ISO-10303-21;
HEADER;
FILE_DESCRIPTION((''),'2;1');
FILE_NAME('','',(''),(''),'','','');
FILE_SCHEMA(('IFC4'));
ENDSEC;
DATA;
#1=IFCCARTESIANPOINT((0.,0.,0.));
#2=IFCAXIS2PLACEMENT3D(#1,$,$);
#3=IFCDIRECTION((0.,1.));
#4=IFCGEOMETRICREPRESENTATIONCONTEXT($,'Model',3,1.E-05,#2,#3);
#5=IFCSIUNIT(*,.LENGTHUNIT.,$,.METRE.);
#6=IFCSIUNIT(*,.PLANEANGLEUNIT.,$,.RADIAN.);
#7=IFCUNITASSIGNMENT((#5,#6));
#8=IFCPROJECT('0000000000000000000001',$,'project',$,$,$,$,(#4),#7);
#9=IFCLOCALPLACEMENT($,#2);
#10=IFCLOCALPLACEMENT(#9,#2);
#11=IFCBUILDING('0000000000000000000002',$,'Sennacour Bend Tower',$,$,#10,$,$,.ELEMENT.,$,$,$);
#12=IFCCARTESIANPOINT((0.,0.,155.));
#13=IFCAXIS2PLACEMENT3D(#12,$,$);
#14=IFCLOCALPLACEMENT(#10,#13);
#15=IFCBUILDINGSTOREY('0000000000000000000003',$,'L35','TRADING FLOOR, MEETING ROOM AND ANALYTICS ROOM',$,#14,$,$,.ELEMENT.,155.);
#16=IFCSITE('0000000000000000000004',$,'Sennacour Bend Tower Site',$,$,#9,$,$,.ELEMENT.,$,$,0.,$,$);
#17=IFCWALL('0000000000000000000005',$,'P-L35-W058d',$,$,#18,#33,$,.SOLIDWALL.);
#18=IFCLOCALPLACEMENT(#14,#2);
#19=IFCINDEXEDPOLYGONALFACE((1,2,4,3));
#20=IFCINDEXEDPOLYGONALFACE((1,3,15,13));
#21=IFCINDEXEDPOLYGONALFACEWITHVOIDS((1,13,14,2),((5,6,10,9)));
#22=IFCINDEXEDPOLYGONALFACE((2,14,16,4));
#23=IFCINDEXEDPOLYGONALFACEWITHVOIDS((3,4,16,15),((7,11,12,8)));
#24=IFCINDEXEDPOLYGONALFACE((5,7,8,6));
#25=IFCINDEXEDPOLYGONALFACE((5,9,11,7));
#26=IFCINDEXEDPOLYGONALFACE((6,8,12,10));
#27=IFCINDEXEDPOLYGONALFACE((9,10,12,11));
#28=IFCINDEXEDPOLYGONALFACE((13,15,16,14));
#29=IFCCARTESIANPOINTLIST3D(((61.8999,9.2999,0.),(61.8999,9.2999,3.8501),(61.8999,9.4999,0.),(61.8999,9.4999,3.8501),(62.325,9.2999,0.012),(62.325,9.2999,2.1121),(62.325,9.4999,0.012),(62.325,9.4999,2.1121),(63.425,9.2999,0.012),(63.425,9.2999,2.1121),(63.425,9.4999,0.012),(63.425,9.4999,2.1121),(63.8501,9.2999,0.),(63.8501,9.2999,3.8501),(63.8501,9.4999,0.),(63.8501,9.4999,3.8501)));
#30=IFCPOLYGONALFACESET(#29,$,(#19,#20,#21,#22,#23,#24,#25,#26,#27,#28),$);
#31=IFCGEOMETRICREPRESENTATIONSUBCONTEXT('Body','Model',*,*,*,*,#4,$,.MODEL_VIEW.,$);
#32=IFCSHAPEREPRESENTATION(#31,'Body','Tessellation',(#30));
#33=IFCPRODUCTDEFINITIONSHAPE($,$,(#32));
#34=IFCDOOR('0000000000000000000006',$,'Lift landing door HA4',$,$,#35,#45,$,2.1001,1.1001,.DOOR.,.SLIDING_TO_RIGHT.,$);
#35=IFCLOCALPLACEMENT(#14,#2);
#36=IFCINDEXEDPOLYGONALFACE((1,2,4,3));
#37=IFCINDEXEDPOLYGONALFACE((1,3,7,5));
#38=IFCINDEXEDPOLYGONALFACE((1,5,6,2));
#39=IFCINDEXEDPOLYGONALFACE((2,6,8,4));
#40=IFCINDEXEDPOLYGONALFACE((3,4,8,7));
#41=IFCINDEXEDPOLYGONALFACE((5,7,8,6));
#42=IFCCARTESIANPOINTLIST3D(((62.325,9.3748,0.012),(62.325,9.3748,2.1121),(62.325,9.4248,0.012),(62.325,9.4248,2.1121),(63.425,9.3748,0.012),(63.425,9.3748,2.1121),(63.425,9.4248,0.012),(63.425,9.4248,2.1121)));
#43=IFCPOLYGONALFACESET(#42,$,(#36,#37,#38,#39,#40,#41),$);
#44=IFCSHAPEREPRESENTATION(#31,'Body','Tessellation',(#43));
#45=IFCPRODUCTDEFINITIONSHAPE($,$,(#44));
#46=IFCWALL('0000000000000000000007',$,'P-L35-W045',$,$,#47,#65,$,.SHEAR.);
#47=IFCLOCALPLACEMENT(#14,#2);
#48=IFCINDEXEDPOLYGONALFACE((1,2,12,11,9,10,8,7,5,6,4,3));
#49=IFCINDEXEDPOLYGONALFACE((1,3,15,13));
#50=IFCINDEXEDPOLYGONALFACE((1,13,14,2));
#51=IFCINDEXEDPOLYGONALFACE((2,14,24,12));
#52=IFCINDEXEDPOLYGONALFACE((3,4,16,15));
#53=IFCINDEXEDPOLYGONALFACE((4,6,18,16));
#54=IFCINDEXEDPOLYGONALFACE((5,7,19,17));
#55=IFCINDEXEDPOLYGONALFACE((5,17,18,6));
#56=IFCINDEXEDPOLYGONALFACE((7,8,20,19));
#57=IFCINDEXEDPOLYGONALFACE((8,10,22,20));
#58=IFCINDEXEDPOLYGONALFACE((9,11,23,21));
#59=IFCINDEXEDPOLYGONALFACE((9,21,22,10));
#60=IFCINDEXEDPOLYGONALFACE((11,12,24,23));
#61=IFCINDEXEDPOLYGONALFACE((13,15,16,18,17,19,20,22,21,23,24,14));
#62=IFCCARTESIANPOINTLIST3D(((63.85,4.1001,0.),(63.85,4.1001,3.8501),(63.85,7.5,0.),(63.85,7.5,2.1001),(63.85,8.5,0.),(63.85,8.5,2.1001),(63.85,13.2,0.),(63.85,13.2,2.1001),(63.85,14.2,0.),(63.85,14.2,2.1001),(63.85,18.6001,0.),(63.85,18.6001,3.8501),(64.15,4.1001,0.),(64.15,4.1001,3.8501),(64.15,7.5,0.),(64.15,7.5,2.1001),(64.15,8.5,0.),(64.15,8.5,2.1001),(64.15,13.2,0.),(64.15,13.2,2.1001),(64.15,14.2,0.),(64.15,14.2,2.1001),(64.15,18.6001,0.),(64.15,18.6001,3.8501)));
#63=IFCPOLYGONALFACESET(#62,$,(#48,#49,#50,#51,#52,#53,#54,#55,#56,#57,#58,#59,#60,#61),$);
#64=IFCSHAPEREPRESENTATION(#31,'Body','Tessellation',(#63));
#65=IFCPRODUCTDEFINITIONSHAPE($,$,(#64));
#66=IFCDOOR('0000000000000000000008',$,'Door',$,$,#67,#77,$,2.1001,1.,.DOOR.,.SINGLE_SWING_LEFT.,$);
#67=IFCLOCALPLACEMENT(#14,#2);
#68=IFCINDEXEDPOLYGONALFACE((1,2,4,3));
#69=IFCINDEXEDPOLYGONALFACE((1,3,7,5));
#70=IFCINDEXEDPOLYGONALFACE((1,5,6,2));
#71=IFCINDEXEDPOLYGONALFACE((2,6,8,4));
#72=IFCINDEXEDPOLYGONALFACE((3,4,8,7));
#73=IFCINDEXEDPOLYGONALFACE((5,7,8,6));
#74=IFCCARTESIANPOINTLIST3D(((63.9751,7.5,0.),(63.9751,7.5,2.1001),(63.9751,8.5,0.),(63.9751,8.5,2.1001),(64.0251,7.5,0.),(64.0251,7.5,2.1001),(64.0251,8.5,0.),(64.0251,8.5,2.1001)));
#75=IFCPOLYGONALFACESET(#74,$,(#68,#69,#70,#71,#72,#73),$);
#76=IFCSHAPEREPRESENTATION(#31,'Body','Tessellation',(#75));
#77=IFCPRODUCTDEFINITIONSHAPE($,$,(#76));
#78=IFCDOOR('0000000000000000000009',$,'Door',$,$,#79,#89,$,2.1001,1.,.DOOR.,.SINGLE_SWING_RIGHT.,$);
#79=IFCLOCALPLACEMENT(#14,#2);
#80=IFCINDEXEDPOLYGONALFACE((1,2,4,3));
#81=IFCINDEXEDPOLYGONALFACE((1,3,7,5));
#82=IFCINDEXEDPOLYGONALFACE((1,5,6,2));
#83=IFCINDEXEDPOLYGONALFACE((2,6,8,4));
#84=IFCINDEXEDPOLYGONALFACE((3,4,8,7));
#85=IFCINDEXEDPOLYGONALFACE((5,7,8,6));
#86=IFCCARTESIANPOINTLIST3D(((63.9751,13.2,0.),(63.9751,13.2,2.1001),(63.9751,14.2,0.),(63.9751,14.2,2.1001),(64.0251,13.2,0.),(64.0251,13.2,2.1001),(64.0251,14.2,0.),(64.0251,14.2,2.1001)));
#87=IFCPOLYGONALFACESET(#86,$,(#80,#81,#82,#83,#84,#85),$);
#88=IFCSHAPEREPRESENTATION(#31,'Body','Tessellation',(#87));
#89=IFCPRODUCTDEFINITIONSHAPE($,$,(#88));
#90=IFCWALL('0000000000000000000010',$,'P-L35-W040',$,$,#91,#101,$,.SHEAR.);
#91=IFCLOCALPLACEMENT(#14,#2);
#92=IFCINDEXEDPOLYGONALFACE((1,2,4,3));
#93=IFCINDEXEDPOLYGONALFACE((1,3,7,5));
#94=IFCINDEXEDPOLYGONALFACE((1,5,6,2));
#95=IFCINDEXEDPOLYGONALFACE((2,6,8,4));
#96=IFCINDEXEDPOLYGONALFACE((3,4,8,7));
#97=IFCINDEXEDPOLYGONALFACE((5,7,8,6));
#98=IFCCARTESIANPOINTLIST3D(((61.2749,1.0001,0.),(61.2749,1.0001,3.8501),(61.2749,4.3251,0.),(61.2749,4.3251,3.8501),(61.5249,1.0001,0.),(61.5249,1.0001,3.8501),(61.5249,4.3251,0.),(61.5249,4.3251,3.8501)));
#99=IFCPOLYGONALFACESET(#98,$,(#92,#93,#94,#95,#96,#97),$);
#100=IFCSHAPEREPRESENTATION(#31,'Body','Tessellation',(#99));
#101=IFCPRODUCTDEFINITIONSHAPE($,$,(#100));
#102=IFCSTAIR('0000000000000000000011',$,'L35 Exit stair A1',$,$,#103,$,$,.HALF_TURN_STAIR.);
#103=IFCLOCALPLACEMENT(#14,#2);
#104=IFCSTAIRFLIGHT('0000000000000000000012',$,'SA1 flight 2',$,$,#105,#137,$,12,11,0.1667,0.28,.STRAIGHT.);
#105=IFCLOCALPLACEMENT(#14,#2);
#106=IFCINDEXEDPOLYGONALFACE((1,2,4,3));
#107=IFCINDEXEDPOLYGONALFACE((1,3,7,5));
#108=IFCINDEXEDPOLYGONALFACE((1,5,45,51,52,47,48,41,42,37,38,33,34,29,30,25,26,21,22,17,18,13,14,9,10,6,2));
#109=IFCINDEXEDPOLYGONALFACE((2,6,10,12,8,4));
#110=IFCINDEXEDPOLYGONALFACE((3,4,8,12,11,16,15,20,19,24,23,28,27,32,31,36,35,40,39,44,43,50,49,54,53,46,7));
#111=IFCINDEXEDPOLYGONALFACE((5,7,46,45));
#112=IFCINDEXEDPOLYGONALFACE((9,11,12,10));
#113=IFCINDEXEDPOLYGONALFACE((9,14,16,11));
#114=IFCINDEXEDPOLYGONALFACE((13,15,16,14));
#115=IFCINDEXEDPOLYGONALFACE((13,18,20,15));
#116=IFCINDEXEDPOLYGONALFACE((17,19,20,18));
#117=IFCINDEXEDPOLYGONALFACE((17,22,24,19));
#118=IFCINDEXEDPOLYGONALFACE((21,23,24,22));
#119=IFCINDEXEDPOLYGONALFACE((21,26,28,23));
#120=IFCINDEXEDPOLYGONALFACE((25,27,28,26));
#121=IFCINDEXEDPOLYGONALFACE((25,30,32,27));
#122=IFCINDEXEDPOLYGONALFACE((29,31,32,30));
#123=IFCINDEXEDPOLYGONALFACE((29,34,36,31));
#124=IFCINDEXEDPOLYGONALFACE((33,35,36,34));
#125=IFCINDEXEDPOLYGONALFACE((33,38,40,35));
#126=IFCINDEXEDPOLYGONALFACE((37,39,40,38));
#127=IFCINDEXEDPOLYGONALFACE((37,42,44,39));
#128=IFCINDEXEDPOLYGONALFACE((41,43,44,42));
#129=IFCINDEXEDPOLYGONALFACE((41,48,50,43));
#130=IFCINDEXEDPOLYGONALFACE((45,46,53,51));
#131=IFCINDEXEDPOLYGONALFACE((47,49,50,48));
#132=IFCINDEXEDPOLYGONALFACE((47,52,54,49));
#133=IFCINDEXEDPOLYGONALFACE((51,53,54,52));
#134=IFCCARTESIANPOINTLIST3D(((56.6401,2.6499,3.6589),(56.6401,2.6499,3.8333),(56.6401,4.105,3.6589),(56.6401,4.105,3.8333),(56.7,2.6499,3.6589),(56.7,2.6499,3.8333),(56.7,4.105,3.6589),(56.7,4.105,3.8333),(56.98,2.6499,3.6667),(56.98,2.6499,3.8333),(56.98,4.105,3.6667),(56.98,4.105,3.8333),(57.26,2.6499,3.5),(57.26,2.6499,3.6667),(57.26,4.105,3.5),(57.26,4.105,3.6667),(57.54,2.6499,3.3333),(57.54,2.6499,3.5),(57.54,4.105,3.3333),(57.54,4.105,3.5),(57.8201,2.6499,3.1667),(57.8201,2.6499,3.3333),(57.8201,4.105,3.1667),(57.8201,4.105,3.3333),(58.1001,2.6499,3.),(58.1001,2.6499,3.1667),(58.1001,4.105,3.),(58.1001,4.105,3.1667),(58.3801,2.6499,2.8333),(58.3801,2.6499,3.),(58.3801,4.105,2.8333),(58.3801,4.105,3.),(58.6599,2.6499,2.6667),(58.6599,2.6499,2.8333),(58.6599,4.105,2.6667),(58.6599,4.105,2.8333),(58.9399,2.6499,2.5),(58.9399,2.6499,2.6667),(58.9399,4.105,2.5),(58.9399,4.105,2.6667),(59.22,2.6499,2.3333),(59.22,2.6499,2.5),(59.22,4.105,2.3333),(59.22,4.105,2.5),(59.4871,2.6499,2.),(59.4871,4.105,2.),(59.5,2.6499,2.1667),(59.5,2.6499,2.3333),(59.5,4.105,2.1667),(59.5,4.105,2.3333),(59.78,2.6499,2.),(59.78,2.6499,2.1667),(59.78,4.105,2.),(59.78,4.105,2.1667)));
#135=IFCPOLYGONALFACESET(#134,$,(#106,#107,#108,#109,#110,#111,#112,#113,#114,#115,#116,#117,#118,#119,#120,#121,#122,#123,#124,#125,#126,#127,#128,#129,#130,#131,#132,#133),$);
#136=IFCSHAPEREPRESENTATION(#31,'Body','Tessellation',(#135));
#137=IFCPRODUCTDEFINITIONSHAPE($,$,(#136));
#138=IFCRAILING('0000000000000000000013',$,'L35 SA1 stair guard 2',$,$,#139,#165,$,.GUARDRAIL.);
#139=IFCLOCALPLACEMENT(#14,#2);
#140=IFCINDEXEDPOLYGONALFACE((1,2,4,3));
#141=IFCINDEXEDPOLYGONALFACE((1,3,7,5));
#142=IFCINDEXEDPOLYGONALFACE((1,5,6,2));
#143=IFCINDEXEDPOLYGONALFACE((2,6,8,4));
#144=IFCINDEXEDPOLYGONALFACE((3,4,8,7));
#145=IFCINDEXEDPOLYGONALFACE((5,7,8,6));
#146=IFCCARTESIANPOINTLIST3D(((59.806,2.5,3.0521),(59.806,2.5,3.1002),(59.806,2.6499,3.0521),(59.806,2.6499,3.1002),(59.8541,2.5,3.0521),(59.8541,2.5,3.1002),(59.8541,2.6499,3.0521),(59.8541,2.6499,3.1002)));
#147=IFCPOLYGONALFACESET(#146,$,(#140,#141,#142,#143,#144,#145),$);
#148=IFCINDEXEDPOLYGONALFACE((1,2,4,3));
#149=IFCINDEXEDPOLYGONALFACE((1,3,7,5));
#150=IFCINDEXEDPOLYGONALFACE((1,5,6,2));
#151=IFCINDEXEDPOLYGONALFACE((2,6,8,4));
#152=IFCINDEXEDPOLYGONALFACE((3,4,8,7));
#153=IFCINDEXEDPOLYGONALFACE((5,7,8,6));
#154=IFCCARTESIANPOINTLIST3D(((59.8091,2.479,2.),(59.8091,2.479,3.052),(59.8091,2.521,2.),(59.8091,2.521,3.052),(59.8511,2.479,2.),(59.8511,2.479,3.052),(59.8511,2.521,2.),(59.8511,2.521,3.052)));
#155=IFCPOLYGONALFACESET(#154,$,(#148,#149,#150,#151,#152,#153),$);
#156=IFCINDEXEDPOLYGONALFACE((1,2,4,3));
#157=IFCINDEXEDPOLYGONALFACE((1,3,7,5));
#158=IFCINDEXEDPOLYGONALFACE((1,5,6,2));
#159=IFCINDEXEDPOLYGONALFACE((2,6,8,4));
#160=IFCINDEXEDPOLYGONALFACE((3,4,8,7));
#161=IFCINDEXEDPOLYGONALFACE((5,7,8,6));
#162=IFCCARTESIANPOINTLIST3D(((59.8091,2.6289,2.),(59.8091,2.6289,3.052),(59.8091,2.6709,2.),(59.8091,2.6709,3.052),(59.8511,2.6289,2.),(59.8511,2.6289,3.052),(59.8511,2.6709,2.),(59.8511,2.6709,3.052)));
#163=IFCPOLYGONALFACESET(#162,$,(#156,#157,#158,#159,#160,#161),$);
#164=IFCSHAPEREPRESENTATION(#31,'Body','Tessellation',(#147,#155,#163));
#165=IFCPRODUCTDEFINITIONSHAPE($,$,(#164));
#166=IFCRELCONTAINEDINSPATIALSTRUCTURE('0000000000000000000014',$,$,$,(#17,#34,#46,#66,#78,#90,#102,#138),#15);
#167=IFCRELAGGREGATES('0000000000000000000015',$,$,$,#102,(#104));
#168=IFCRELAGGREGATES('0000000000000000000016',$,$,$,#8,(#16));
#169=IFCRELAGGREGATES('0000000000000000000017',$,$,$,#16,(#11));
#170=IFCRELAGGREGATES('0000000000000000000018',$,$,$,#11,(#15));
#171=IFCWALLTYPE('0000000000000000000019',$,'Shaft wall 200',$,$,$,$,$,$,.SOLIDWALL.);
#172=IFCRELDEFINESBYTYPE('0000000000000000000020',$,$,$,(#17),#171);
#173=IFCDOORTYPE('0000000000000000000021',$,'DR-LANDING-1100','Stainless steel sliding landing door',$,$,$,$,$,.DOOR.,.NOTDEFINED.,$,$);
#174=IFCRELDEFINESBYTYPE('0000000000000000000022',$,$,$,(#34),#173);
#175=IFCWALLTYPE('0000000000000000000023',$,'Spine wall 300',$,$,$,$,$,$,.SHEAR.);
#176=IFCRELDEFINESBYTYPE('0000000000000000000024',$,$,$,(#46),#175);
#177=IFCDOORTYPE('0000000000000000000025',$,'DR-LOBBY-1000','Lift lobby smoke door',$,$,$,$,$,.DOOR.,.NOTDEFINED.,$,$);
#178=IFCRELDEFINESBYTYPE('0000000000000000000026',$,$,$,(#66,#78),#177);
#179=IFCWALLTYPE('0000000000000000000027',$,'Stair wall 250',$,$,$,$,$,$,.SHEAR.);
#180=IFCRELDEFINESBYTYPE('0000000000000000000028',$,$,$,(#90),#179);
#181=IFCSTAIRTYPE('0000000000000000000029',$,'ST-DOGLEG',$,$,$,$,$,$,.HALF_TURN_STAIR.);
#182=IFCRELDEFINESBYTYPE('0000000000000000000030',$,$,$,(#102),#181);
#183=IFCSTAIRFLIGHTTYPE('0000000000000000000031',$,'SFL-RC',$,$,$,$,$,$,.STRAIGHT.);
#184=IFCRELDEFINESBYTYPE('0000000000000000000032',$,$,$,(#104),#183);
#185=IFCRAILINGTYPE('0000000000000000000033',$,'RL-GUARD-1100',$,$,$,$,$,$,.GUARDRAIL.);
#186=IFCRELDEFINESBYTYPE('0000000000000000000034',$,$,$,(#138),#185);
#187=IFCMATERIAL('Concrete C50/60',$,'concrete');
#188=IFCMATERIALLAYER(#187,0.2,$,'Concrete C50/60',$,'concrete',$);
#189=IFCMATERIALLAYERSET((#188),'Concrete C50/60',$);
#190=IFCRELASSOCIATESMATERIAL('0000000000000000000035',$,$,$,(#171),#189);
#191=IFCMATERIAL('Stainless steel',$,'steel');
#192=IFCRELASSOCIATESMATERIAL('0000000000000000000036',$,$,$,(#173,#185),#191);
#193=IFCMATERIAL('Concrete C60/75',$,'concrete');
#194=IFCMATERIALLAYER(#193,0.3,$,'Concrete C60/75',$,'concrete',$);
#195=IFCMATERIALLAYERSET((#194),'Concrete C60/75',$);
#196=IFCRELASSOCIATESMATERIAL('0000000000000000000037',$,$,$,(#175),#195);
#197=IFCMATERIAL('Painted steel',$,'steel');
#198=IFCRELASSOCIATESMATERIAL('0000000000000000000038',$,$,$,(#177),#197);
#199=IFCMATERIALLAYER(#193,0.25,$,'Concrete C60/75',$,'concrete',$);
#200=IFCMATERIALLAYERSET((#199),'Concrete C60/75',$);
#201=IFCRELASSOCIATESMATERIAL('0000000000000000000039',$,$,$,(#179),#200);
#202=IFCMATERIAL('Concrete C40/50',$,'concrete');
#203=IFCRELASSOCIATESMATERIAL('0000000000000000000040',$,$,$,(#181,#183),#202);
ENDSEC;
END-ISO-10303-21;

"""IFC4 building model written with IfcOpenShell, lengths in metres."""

from ifc_helpers import new_model, si_unit, direction, frame, frame_2d, origin, origin_2d, place, context, subcontext, project, spatial, polyline, rectangle, outline, extrude, material, layer, layer_set, type_object, element, fill, aggregate, save


model = new_model("IFC4")

# Units and contexts
model_context = context("Model", 3, precision=1e-05, world=origin(), true_north=direction((0.0, 1.0)))
body_context = subcontext(model_context, "Body", "Model", "MODEL_VIEW")
ifc_project = project(units=[si_unit("LENGTHUNIT", "METRE"), si_unit("PLANEANGLEUNIT", "RADIAN")], contexts=[model_context])

# Site, building, storey
site_placement = place(None, origin())
site = spatial("IfcSite", under=ifc_project, at=site_placement, Name="Sennacour Bend Tower Site", CompositionType="ELEMENT", RefElevation=0.0)
building_placement = place(site_placement, origin())
building = spatial("IfcBuilding", under=site, at=building_placement, Name="Sennacour Bend Tower", CompositionType="ELEMENT")
storey_placement = place(building_placement, frame((0.0, 0.0, 155.0)))
storey = spatial("IfcBuildingStorey", under=building, at=storey_placement, Name="L35", Description="TRADING FLOOR, MEETING ROOM AND ANALYTICS ROOM", CompositionType="ELEMENT", Elevation=155.0)

# Shared definitions
ifc_material_1 = material(Name="Concrete C60/75", Category="concrete")

# Shared definitions
ifc_material_2 = material(Name="Painted steel", Category="steel")

# Shared definitions
ifc_material_3 = material(Name="Concrete C50/60", Category="concrete")
ifc_layer_1 = layer(ifc_material_3, 0.2, Name="Concrete C50/60", Category="concrete")
ifc_layer_set_1 = layer_set([ifc_layer_1], Name="Concrete C50/60")
wall_type_1 = type_object("IfcWallType", Name="Shaft wall 200", PredefinedType="SOLIDWALL", material=ifc_layer_set_1)

# Wall, opening, door
wall_1_placement = place(storey_placement, frame((61.8999, 9.3999, 0.0), z_axis=(0.0, 0.0, 1.0), x_axis=(1.0, 0.0, 0.0)))
wall_1 = element("IfcWall", 1, at=wall_1_placement, inside=storey, type_object=wall_type_1, Name="P-L35-W058d", PredefinedType="SOLIDWALL", context=body_context, shape_type="SweptSolid", body=[
    extrude(rectangle(XDim=1.9502, YDim=0.2, at=frame_2d((0.9751, 0.0))), origin(), (0.0, 0.0, 1.0), 3.8501),
])
opening_1_placement = place(wall_1_placement, frame((0.425, 0.0, 0.012)))
opening_1 = element("IfcOpeningElement", 2, at=opening_1_placement, cuts=wall_1, PredefinedType="OPENING", context=body_context, shape_type="SweptSolid", body=[
    extrude(rectangle(XDim=1.1001, YDim=2.1001, at=frame_2d((0.55, 1.05))), frame((0.0, 0.1099, 0.0), z_axis=(0.0, -1.0, 0.0), x_axis=(1.0, 0.0, 0.0)), (0.0, 0.0, 1.0), 0.22),
])
ifc_material_4 = material(Name="Stainless steel", Category="steel")
door_type_1 = type_object("IfcDoorType", Name="DR-LANDING-1100", Description="Stainless steel sliding landing door", OperationType="NOTDEFINED", PredefinedType="DOOR", material=ifc_material_4)
door_1_placement = place(opening_1_placement, origin())
door_1 = element("IfcDoor", 3, at=door_1_placement, inside=storey, type_object=door_type_1, Name="Lift landing door HA4", OperationType="SLIDING_TO_RIGHT", OverallHeight=2.1001, OverallWidth=1.1001, PredefinedType="DOOR", context=body_context, shape_type="SweptSolid", body=[
    extrude(rectangle(XDim=1.1001, YDim=2.1001, at=frame_2d((0.55, 1.05))), frame((0.0, 0.0249, 0.0), z_axis=(0.0, -1.0, 0.0), x_axis=(1.0, 0.0, 0.0)), (0.0, 0.0, 1.0), 0.05),
])
fill(opening_1, door_1)

# Wall, openings, doors
ifc_layer_2 = layer(ifc_material_1, 0.3, Name="Concrete C60/75", Category="concrete")
ifc_layer_set_2 = layer_set([ifc_layer_2], Name="Concrete C60/75")
wall_type_2 = type_object("IfcWallType", Name="Spine wall 300", PredefinedType="SHEAR", material=ifc_layer_set_2)
wall_2_placement = place(storey_placement, frame((64.0, 4.1001, 0.0), z_axis=(0.0, 0.0, 1.0), x_axis=(0.0, 1.0, 0.0)))
wall_2 = element("IfcWall", 4, at=wall_2_placement, inside=storey, type_object=wall_type_2, Name="P-L35-W045", PredefinedType="SHEAR", context=body_context, shape_type="SweptSolid", body=[
    extrude(rectangle(XDim=14.5, YDim=0.3, at=frame_2d((7.25, 0.0))), origin(), (0.0, 0.0, 1.0), 3.8501),
])
opening_2_placement = place(wall_2_placement, frame((3.3999, 0.0, 0.0)))
opening_2 = element("IfcOpeningElement", 5, at=opening_2_placement, cuts=wall_2, PredefinedType="OPENING", context=body_context, shape_type="SweptSolid", body=[
    extrude(rectangle(XDim=1.0, YDim=2.1001, at=frame_2d((0.5, 1.05))), frame((0.0, 0.1602, 0.0), z_axis=(0.0, -1.0, 0.0), x_axis=(1.0, 0.0, 0.0)), (0.0, 0.0, 1.0), 0.3201),
])
opening_3_placement = place(wall_2_placement, frame((9.0999, 0.0, 0.0)))
opening_3 = element("IfcOpeningElement", 6, at=opening_3_placement, cuts=wall_2, PredefinedType="OPENING", context=body_context, shape_type="SweptSolid", body=[
    extrude(rectangle(XDim=1.0, YDim=2.1001, at=frame_2d((0.5, 1.05))), frame((0.0, 0.1602, 0.0), z_axis=(0.0, -1.0, 0.0), x_axis=(1.0, 0.0, 0.0)), (0.0, 0.0, 1.0), 0.3201),
])
door_type_2 = type_object("IfcDoorType", Name="DR-LOBBY-1000", Description="Lift lobby smoke door", OperationType="NOTDEFINED", PredefinedType="DOOR", material=ifc_material_2)
door_2_placement = place(opening_2_placement, origin())
door_2 = element("IfcDoor", 7, at=door_2_placement, inside=storey, type_object=door_type_2, Name="Door", OperationType="SINGLE_SWING_LEFT", OverallHeight=2.1001, OverallWidth=1.0, PredefinedType="DOOR", context=body_context, shape_type="SweptSolid", body=[
    extrude(rectangle(XDim=1.0, YDim=2.1001, at=frame_2d((0.5, 1.05))), frame((0.0, 0.0249, 0.0), z_axis=(0.0, -1.0, 0.0), x_axis=(1.0, 0.0, 0.0)), (0.0, 0.0, 1.0), 0.05),
])
fill(opening_2, door_2)
door_3_placement = place(opening_3_placement, origin())
door_3 = element("IfcDoor", 8, at=door_3_placement, inside=storey, type_object=door_type_2, Name="Door", OperationType="SINGLE_SWING_RIGHT", OverallHeight=2.1001, OverallWidth=1.0, PredefinedType="DOOR", context=body_context, shape_type="SweptSolid", body=[
    extrude(rectangle(XDim=1.0, YDim=2.1001, at=frame_2d((0.5, 1.05))), frame((0.0, 0.0249, 0.0), z_axis=(0.0, -1.0, 0.0), x_axis=(1.0, 0.0, 0.0)), (0.0, 0.0, 1.0), 0.05),
])
fill(opening_3, door_3)

# Wall
ifc_layer_3 = layer(ifc_material_1, 0.25, Name="Concrete C60/75", Category="concrete")
ifc_layer_set_3 = layer_set([ifc_layer_3], Name="Concrete C60/75")
wall_type_3 = type_object("IfcWallType", Name="Stair wall 250", PredefinedType="SHEAR", material=ifc_layer_set_3)
wall_3_placement = place(storey_placement, frame((61.3999, 1.0, 0.0), z_axis=(0.0, 0.0, 1.0), x_axis=(0.0, 1.0, 0.0)))
element("IfcWall", 9, at=wall_3_placement, inside=storey, type_object=wall_type_3, Name="P-L35-W040", PredefinedType="SHEAR", context=body_context, shape_type="SweptSolid", body=[
    extrude(rectangle(XDim=3.325, YDim=0.25, at=frame_2d((1.6626, 0.0))), origin(), (0.0, 0.0, 1.0), 3.8501),
])

# Stair, stair flight
ifc_material_5 = material(Name="Concrete C40/50", Category="concrete")
stair_type = type_object("IfcStairType", Name="ST-DOGLEG", PredefinedType="HALF_TURN_STAIR", material=ifc_material_5)
stair_placement = place(storey_placement, origin())
stair = element("IfcStair", 10, at=stair_placement, inside=storey, type_object=stair_type, Name="L35 Exit stair A1", PredefinedType="HALF_TURN_STAIR")
stair_flight_type = type_object("IfcStairFlightType", Name="SFL-RC", PredefinedType="STRAIGHT", material=ifc_material_5)
stair_flight_placement = place(storey_placement, frame((59.78, 3.3774, 2.0), z_axis=(0.0, 0.0, 1.0), x_axis=(-1.0, 0.0, 0.0)))
stair_flight = element("IfcStairFlight", 11, at=stair_flight_placement, type_object=stair_flight_type, Name="SA1 flight 2", NumberOfRisers=12, NumberOfTreads=11, PredefinedType="STRAIGHT", RiserHeight=0.1667, TreadLength=0.28, context=body_context, shape_type="SweptSolid", body=[
    extrude(outline(polyline([(0.0, 0.0), (0.0, 0.1667), (0.28, 0.1667), (0.28, 0.3333), (0.5601, 0.3333), (0.5601, 0.5), (0.8401, 0.5), (0.8401, 0.6667), (1.1201, 0.6667), (1.1201, 0.8333), (1.3999, 0.8333), (1.3999, 1.0), (1.6799, 1.0), (1.6799, 1.1667), (1.96, 1.1667), (1.96, 1.3333), (2.24, 1.3333), (2.24, 1.5), (2.52, 1.5), (2.52, 1.6667), (2.8, 1.6667), (2.8, 1.8333), (3.0801, 1.8333), (3.1399, 1.8333), (3.1399, 1.6589), (3.0801, 1.6589), (0.293, 0.0), (0.0, 0.0)])), frame((0.0, 0.7275, 0.0), z_axis=(0.0, -1.0, 0.0), x_axis=(1.0, 0.0, 0.0)), (0.0, 0.0, 1.0), 1.4551),
])
aggregate(stair, [stair_flight])

# Railing
railing_type_1 = type_object("IfcRailingType", Name="RL-GUARD-1100", PredefinedType="GUARDRAIL", material=ifc_material_4)
railing_1_placement = place(storey_placement, frame((59.8301, 2.5, 2.0)))
element("IfcRailing", 12, at=railing_1_placement, inside=storey, type_object=railing_type_1, Name="L35 SA1 stair guard 2", PredefinedType="GUARDRAIL", context=body_context, shape_type="SweptSolid", body=[
    extrude(rectangle(XDim=0.0481, YDim=0.0481, at=origin_2d()), frame((0.0, 0.0, 1.0762), z_axis=(0.0, 1.0, 0.0), x_axis=(-1.0, 0.0, 0.0)), (0.0, 0.0, 1.0), 0.1499),
    extrude(rectangle(XDim=0.042, YDim=0.042, at=origin_2d()), origin(), (0.0, 0.0, 1.0), 1.052),
    extrude(rectangle(XDim=0.042, YDim=0.042, at=origin_2d()), frame((0.0, 0.1499, 0.0)), (0.0, 0.0, 1.0), 1.052),
])

save(model, "model.ifc")
